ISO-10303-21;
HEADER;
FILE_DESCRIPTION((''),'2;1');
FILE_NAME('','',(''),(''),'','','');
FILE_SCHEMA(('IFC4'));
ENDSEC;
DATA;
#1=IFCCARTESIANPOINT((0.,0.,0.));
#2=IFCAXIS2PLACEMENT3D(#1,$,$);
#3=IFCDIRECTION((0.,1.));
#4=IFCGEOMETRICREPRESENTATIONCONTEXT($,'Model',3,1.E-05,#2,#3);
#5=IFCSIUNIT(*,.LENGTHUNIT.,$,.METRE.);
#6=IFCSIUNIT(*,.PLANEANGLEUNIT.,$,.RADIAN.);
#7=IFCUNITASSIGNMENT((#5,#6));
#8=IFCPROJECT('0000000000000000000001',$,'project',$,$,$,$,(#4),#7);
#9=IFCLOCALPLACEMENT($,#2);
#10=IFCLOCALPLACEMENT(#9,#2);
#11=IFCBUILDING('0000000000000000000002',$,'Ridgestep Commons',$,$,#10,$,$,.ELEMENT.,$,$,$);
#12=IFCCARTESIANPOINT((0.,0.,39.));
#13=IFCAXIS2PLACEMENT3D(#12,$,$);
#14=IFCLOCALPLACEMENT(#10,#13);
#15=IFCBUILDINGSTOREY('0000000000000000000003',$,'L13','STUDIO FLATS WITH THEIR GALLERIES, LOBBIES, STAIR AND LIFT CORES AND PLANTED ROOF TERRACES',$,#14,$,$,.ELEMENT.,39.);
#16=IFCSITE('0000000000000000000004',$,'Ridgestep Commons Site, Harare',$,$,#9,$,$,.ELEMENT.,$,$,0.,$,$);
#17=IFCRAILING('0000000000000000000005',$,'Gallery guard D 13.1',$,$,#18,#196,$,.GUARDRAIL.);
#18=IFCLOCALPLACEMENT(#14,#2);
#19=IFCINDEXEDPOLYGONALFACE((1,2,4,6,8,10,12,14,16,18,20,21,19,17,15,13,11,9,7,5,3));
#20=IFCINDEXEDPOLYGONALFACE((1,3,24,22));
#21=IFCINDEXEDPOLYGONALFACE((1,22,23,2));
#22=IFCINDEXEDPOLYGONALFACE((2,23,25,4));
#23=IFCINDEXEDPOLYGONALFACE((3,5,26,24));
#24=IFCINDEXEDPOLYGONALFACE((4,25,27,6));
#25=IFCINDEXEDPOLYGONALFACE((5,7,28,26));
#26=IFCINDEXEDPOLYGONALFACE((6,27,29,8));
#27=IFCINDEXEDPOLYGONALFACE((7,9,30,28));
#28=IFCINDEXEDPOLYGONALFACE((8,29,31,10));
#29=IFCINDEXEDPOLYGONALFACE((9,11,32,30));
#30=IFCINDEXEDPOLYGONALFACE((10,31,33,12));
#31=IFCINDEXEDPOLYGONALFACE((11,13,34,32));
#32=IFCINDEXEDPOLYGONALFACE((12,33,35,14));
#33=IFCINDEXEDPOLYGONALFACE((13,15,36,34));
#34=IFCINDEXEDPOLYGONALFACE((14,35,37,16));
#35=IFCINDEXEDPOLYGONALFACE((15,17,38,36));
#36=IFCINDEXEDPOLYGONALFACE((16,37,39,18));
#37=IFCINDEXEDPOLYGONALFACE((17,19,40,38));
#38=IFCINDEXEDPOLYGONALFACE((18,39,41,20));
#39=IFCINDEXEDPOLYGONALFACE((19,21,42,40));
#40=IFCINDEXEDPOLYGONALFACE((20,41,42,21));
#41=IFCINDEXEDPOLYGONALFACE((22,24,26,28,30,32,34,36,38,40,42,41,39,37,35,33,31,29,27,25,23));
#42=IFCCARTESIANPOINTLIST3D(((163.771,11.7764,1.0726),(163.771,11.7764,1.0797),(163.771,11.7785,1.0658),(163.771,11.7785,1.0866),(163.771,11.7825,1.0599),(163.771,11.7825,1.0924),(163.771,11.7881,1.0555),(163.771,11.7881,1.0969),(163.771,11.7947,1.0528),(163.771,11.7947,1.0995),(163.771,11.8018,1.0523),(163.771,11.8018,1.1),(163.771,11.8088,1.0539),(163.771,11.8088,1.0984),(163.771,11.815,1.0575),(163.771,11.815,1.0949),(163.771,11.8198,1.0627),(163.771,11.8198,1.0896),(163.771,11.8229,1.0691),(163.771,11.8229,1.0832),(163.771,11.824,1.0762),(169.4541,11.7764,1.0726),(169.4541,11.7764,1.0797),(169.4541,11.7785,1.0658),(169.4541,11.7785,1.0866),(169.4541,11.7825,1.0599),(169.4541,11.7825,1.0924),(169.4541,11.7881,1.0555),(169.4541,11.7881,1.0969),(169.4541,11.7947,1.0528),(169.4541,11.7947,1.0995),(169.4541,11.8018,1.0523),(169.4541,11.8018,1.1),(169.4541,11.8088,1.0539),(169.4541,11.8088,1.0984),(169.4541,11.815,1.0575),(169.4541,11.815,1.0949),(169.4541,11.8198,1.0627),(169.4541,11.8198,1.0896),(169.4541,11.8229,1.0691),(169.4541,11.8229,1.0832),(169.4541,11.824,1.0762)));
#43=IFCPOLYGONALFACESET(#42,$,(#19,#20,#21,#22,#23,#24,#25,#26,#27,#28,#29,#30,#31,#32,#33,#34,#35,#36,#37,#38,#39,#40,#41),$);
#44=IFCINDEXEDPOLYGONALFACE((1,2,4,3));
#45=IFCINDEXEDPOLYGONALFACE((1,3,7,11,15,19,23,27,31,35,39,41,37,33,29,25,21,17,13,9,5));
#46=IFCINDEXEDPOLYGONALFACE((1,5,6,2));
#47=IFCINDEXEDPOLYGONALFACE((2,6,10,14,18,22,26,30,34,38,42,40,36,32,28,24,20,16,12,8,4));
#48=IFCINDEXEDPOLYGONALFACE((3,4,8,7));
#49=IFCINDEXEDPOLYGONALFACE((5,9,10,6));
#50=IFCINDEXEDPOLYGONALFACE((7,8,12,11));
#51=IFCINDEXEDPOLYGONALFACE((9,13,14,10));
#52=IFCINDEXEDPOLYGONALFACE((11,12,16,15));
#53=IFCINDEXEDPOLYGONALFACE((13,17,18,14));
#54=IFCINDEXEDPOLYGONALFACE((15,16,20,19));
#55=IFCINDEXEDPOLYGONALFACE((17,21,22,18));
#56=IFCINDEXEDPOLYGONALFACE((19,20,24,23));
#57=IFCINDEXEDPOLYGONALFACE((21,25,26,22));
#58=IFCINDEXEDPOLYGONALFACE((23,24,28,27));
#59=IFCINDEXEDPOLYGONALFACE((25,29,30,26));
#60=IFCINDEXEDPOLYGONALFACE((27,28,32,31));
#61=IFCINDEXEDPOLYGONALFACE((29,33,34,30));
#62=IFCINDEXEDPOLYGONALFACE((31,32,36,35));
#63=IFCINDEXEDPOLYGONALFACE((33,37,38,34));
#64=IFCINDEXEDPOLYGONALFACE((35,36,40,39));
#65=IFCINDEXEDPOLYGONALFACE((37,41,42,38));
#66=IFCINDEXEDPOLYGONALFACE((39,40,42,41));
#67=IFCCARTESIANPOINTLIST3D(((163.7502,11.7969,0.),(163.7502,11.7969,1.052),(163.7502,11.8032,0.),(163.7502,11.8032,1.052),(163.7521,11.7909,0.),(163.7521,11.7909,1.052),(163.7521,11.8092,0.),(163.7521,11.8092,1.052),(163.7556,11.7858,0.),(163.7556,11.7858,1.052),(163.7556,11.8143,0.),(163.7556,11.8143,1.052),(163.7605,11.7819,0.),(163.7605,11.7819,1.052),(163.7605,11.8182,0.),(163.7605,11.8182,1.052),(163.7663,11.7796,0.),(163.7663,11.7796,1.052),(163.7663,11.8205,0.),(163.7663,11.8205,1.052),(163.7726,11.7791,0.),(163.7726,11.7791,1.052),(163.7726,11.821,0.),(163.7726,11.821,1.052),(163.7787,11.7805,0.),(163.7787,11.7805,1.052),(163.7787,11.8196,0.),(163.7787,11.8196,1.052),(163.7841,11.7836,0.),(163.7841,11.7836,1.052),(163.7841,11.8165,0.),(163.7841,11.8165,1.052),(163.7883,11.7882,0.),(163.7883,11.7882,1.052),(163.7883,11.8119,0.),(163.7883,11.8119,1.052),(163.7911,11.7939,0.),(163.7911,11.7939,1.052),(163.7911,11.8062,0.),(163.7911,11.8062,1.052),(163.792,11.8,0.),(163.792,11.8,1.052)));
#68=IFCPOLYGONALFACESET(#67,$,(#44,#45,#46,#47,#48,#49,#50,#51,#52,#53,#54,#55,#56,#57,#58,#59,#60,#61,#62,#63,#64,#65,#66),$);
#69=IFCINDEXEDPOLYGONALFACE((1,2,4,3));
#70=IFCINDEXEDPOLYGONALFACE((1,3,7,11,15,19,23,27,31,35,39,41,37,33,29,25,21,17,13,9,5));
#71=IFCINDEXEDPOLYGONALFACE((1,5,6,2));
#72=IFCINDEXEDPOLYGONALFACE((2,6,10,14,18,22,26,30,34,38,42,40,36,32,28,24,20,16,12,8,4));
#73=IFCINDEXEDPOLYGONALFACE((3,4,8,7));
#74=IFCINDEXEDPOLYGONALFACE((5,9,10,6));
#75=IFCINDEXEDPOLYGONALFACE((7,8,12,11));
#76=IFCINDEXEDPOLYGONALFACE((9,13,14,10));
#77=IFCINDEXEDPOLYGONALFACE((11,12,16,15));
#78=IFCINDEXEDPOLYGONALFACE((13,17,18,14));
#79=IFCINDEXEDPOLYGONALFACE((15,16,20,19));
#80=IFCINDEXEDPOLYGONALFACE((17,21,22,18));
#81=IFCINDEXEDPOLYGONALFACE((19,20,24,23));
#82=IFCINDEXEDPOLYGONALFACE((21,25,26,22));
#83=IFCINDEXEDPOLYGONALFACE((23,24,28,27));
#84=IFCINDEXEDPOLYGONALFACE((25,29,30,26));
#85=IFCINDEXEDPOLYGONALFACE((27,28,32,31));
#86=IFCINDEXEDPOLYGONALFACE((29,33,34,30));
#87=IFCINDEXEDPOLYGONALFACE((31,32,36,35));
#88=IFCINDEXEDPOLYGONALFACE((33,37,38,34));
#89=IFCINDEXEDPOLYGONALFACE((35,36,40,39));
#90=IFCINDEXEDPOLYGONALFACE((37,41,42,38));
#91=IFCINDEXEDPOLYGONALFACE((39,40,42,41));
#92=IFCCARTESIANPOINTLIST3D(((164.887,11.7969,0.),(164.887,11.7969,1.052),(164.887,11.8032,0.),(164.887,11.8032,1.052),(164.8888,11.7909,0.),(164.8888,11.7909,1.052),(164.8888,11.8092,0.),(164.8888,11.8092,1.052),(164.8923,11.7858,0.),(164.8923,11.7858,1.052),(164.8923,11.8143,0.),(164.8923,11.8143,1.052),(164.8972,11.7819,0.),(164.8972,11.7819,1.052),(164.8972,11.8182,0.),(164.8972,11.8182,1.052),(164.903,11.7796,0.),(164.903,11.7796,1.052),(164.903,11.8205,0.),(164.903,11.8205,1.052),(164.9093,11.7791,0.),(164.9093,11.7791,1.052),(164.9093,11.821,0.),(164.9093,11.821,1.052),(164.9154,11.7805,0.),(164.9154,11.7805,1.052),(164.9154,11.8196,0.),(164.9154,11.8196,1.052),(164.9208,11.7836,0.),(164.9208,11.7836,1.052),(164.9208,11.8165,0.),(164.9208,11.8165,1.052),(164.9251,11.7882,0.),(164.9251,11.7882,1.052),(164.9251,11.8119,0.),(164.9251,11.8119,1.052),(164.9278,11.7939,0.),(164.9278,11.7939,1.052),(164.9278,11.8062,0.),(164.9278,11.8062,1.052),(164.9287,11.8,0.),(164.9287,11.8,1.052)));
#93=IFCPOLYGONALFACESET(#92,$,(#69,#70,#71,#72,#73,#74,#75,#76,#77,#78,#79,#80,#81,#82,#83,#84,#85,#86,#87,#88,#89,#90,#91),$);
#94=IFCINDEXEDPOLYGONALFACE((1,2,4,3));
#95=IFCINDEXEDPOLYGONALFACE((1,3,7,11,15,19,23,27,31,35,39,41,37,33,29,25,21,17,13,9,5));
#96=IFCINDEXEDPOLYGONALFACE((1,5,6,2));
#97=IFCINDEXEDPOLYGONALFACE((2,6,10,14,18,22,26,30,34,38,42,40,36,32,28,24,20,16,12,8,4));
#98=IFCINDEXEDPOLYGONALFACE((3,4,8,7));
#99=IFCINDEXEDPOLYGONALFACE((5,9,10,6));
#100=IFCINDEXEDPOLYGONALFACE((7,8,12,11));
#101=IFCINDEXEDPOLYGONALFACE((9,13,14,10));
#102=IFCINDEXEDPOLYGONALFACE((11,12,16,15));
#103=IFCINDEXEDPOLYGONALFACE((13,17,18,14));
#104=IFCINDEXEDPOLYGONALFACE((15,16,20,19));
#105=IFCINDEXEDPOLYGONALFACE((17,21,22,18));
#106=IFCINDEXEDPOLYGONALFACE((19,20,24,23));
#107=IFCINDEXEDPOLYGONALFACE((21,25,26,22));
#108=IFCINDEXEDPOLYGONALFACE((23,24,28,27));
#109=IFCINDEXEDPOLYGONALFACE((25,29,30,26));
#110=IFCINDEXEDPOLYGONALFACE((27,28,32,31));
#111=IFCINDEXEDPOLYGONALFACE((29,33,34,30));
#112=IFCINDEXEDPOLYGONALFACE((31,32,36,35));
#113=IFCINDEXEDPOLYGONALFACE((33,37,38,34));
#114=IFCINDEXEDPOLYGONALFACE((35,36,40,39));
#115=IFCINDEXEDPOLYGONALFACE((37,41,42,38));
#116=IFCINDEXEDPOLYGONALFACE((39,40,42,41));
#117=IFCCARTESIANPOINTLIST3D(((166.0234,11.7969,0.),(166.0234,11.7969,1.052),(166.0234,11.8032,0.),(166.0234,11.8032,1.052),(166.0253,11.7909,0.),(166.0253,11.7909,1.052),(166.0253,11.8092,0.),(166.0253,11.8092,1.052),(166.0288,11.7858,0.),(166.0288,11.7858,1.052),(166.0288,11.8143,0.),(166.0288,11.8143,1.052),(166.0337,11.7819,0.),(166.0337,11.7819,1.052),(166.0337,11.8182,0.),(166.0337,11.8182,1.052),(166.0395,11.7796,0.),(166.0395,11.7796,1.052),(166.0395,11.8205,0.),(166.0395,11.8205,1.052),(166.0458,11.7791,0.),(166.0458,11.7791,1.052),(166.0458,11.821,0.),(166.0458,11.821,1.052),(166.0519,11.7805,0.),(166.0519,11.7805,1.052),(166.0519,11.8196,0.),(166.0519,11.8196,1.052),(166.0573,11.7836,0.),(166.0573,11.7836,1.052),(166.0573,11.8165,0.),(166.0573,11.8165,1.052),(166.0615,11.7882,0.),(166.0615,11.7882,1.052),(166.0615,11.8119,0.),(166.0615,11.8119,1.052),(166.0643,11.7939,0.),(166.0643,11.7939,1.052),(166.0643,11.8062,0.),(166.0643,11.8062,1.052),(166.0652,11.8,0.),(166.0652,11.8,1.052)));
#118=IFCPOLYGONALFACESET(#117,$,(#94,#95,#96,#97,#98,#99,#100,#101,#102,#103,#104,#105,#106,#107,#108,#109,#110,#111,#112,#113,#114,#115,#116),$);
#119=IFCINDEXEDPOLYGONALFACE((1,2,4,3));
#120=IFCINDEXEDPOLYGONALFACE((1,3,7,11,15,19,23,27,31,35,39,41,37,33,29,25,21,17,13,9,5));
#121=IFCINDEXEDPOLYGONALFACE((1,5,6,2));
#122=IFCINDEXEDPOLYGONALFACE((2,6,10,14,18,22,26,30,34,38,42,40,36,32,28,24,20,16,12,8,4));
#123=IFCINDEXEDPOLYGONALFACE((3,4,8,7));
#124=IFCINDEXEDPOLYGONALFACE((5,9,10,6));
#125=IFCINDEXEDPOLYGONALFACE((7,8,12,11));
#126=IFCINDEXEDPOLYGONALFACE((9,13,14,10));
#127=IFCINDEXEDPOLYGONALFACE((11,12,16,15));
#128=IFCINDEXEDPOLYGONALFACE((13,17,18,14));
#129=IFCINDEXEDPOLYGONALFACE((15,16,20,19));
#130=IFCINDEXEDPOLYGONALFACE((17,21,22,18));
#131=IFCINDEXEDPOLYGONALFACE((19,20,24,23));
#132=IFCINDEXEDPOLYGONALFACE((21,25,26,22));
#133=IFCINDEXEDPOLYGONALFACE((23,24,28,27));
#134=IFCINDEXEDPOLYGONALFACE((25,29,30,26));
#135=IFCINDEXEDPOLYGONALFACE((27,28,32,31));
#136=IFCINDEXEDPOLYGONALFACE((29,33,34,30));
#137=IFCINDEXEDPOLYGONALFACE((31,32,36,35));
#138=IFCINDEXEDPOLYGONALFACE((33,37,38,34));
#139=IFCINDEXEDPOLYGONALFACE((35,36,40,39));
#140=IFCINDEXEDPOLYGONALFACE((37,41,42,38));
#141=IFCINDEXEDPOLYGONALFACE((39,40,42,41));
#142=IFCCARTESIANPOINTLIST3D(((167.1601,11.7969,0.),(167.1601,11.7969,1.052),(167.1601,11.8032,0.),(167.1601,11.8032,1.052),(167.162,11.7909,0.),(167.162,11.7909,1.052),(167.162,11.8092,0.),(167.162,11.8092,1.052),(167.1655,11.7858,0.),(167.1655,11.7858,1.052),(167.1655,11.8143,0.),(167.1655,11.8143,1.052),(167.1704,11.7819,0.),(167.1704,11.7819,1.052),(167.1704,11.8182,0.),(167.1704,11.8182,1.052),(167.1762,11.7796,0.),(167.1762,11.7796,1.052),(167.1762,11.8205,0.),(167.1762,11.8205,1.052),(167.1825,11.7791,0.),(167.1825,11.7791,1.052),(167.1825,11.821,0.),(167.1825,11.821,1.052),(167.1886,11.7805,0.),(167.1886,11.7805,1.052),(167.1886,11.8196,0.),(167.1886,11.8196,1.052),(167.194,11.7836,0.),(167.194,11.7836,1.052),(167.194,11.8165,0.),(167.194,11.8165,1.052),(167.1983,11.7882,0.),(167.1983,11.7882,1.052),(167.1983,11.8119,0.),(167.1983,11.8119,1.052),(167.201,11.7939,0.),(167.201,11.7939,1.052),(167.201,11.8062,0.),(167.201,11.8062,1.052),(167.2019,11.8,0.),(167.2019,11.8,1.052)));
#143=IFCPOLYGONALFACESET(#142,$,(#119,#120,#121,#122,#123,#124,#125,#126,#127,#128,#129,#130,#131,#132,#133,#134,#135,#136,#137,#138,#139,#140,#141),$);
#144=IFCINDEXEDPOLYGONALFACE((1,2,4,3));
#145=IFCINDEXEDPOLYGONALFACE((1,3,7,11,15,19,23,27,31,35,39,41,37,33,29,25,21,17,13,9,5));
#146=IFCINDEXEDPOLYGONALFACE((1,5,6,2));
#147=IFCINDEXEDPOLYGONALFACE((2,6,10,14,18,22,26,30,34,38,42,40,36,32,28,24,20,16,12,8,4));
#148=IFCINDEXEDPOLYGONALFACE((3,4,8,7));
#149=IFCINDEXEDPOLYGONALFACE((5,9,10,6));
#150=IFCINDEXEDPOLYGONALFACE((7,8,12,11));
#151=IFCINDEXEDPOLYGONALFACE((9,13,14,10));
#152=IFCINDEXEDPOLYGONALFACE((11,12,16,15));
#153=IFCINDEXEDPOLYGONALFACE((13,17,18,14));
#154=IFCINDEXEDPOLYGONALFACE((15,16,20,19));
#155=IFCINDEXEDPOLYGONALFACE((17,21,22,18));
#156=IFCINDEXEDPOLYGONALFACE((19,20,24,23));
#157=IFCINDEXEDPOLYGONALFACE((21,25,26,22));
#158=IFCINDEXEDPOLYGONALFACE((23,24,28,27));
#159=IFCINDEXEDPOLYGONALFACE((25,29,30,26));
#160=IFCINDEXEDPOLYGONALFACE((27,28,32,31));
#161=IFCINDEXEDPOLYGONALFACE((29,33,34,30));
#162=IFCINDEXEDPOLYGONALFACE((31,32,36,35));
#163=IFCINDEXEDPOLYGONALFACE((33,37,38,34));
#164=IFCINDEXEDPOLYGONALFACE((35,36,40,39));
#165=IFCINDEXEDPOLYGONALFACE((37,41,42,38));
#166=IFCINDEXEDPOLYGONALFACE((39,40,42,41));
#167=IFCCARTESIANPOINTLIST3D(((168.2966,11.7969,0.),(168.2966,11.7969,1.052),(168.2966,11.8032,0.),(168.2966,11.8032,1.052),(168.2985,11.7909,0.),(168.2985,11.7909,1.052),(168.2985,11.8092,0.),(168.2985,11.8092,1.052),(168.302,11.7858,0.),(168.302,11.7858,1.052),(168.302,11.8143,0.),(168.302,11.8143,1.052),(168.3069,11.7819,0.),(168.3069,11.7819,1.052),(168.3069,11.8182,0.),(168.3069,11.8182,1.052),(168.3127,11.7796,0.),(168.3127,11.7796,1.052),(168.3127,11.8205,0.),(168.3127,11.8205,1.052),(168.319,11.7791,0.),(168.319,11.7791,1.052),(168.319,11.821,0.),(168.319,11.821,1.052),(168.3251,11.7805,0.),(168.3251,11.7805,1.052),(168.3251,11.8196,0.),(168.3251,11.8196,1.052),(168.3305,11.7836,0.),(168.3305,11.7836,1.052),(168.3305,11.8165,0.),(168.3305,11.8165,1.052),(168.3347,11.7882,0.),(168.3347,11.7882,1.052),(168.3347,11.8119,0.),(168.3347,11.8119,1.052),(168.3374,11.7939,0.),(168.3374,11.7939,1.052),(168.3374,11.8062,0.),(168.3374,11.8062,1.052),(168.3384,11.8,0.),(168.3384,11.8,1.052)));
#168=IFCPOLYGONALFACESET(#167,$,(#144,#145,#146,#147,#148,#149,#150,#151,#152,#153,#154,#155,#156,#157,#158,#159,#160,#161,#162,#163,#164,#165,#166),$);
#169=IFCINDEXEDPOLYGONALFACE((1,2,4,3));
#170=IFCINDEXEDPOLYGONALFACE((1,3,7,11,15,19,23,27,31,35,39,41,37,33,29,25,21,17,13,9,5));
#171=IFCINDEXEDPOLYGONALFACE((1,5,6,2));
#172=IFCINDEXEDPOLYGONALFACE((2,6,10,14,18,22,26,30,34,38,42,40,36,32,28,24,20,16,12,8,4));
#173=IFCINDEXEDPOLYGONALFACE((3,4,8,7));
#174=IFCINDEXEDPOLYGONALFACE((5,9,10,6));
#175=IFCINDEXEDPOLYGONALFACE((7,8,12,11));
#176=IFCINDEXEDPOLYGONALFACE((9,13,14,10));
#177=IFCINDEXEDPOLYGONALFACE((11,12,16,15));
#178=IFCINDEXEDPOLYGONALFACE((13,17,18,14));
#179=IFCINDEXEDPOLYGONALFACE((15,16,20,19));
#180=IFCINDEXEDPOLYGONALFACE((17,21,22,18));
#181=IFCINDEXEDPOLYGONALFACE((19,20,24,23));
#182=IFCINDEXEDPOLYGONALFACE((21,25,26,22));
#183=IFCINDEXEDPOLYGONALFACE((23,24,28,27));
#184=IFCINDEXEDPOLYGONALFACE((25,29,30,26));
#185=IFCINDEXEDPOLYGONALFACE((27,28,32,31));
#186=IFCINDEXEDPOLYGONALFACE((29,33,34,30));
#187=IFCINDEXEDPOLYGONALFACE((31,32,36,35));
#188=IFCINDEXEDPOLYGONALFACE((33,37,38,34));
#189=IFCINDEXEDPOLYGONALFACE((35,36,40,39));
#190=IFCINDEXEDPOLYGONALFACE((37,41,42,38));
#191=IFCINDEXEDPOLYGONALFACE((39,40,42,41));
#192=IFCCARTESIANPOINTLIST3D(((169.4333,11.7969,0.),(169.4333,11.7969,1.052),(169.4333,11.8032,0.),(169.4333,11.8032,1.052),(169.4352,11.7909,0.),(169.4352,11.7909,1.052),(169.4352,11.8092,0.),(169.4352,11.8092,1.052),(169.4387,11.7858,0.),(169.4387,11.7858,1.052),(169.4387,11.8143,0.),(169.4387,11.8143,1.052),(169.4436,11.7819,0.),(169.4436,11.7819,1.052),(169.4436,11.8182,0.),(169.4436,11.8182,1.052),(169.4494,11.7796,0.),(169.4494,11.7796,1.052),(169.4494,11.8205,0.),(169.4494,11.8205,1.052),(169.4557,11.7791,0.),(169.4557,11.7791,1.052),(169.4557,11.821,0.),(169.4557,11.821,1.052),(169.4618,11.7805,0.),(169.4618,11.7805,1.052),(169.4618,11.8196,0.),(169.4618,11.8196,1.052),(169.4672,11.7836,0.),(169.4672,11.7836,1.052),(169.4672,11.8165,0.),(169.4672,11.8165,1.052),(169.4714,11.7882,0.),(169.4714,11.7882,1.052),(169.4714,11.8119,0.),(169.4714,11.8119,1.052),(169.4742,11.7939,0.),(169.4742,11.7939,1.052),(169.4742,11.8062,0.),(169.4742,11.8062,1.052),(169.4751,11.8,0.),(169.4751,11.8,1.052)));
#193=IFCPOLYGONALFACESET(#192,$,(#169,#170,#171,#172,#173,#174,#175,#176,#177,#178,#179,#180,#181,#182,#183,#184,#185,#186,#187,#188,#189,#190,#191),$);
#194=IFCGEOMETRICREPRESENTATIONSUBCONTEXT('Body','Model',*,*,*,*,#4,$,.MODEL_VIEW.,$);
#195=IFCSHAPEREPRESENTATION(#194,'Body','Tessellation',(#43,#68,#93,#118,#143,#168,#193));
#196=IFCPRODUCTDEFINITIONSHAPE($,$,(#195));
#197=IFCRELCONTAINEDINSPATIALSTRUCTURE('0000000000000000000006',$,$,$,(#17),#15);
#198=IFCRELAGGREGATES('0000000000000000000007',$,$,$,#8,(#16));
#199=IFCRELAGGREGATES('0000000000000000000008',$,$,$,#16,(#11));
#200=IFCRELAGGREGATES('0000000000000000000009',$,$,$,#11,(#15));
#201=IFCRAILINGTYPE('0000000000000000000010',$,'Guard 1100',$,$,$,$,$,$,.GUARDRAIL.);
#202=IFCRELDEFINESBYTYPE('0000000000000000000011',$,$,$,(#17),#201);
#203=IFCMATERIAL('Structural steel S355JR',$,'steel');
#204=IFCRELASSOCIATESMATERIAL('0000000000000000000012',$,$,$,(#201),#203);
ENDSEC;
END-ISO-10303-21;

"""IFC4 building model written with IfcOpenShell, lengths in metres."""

from ifc_helpers import new_model, si_unit, direction, frame, origin, origin_2d, place, context, subcontext, project, spatial, circle, extrude, material, type_object, element, save


model = new_model("IFC4")

# Units and contexts
model_context = context("Model", 3, precision=1e-05, world=origin(), true_north=direction((0.0, 1.0)))
body_context = subcontext(model_context, "Body", "Model", "MODEL_VIEW")
ifc_project = project(units=[si_unit("LENGTHUNIT", "METRE"), si_unit("PLANEANGLEUNIT", "RADIAN")], contexts=[model_context])

# Site, building, storey
site_placement = place(None, origin())
site = spatial("IfcSite", under=ifc_project, at=site_placement, Name="Ridgestep Commons Site, Harare", CompositionType="ELEMENT", RefElevation=0.0)
building_placement = place(site_placement, origin())
building = spatial("IfcBuilding", under=site, at=building_placement, Name="Ridgestep Commons", CompositionType="ELEMENT")
storey_placement = place(building_placement, frame((0.0, 0.0, 39.0)))
storey = spatial("IfcBuildingStorey", under=building, at=storey_placement, Name="L13", Description="STUDIO FLATS WITH THEIR GALLERIES, LOBBIES, STAIR AND LIFT CORES AND PLANTED ROOF TERRACES", CompositionType="ELEMENT", Elevation=39.0)

# Railing
ifc_material_1 = material(Name="Structural steel S355JR", Category="steel")
railing_type_1 = type_object("IfcRailingType", Name="Guard 1100", PredefinedType="GUARDRAIL", material=ifc_material_1)
railing_1_placement = place(storey_placement, frame((163.771, 11.8, 0.0)))
element("IfcRailing", 1, at=railing_1_placement, inside=storey, type_object=railing_type_1, Name="Gallery guard D 13.1", PredefinedType="GUARDRAIL", context=body_context, shape_type="SweptSolid", body=[
    extrude(circle(Radius=0.0239, at=origin_2d()), frame((0.0, 0.0, 1.0762), z_axis=(1.0, 0.0, 0.0), x_axis=(0.0, 1.0, 0.0)), (0.0, 0.0, 1.0), 5.6831),
    extrude(circle(Radius=0.021, at=origin_2d()), origin(), (0.0, 0.0, 1.0), 1.052),
    extrude(circle(Radius=0.021, at=origin_2d()), frame((1.1367, 0.0, 0.0)), (0.0, 0.0, 1.0), 1.052),
    extrude(circle(Radius=0.021, at=origin_2d()), frame((2.2732, 0.0, 0.0)), (0.0, 0.0, 1.0), 1.052),
    extrude(circle(Radius=0.021, at=origin_2d()), frame((3.4099, 0.0, 0.0)), (0.0, 0.0, 1.0), 1.052),
    extrude(circle(Radius=0.021, at=origin_2d()), frame((4.5464, 0.0, 0.0)), (0.0, 0.0, 1.0), 1.052),
    extrude(circle(Radius=0.021, at=origin_2d()), frame((5.6831, 0.0, 0.0)), (0.0, 0.0, 1.0), 1.052),
])

save(model, "model.ifc")
